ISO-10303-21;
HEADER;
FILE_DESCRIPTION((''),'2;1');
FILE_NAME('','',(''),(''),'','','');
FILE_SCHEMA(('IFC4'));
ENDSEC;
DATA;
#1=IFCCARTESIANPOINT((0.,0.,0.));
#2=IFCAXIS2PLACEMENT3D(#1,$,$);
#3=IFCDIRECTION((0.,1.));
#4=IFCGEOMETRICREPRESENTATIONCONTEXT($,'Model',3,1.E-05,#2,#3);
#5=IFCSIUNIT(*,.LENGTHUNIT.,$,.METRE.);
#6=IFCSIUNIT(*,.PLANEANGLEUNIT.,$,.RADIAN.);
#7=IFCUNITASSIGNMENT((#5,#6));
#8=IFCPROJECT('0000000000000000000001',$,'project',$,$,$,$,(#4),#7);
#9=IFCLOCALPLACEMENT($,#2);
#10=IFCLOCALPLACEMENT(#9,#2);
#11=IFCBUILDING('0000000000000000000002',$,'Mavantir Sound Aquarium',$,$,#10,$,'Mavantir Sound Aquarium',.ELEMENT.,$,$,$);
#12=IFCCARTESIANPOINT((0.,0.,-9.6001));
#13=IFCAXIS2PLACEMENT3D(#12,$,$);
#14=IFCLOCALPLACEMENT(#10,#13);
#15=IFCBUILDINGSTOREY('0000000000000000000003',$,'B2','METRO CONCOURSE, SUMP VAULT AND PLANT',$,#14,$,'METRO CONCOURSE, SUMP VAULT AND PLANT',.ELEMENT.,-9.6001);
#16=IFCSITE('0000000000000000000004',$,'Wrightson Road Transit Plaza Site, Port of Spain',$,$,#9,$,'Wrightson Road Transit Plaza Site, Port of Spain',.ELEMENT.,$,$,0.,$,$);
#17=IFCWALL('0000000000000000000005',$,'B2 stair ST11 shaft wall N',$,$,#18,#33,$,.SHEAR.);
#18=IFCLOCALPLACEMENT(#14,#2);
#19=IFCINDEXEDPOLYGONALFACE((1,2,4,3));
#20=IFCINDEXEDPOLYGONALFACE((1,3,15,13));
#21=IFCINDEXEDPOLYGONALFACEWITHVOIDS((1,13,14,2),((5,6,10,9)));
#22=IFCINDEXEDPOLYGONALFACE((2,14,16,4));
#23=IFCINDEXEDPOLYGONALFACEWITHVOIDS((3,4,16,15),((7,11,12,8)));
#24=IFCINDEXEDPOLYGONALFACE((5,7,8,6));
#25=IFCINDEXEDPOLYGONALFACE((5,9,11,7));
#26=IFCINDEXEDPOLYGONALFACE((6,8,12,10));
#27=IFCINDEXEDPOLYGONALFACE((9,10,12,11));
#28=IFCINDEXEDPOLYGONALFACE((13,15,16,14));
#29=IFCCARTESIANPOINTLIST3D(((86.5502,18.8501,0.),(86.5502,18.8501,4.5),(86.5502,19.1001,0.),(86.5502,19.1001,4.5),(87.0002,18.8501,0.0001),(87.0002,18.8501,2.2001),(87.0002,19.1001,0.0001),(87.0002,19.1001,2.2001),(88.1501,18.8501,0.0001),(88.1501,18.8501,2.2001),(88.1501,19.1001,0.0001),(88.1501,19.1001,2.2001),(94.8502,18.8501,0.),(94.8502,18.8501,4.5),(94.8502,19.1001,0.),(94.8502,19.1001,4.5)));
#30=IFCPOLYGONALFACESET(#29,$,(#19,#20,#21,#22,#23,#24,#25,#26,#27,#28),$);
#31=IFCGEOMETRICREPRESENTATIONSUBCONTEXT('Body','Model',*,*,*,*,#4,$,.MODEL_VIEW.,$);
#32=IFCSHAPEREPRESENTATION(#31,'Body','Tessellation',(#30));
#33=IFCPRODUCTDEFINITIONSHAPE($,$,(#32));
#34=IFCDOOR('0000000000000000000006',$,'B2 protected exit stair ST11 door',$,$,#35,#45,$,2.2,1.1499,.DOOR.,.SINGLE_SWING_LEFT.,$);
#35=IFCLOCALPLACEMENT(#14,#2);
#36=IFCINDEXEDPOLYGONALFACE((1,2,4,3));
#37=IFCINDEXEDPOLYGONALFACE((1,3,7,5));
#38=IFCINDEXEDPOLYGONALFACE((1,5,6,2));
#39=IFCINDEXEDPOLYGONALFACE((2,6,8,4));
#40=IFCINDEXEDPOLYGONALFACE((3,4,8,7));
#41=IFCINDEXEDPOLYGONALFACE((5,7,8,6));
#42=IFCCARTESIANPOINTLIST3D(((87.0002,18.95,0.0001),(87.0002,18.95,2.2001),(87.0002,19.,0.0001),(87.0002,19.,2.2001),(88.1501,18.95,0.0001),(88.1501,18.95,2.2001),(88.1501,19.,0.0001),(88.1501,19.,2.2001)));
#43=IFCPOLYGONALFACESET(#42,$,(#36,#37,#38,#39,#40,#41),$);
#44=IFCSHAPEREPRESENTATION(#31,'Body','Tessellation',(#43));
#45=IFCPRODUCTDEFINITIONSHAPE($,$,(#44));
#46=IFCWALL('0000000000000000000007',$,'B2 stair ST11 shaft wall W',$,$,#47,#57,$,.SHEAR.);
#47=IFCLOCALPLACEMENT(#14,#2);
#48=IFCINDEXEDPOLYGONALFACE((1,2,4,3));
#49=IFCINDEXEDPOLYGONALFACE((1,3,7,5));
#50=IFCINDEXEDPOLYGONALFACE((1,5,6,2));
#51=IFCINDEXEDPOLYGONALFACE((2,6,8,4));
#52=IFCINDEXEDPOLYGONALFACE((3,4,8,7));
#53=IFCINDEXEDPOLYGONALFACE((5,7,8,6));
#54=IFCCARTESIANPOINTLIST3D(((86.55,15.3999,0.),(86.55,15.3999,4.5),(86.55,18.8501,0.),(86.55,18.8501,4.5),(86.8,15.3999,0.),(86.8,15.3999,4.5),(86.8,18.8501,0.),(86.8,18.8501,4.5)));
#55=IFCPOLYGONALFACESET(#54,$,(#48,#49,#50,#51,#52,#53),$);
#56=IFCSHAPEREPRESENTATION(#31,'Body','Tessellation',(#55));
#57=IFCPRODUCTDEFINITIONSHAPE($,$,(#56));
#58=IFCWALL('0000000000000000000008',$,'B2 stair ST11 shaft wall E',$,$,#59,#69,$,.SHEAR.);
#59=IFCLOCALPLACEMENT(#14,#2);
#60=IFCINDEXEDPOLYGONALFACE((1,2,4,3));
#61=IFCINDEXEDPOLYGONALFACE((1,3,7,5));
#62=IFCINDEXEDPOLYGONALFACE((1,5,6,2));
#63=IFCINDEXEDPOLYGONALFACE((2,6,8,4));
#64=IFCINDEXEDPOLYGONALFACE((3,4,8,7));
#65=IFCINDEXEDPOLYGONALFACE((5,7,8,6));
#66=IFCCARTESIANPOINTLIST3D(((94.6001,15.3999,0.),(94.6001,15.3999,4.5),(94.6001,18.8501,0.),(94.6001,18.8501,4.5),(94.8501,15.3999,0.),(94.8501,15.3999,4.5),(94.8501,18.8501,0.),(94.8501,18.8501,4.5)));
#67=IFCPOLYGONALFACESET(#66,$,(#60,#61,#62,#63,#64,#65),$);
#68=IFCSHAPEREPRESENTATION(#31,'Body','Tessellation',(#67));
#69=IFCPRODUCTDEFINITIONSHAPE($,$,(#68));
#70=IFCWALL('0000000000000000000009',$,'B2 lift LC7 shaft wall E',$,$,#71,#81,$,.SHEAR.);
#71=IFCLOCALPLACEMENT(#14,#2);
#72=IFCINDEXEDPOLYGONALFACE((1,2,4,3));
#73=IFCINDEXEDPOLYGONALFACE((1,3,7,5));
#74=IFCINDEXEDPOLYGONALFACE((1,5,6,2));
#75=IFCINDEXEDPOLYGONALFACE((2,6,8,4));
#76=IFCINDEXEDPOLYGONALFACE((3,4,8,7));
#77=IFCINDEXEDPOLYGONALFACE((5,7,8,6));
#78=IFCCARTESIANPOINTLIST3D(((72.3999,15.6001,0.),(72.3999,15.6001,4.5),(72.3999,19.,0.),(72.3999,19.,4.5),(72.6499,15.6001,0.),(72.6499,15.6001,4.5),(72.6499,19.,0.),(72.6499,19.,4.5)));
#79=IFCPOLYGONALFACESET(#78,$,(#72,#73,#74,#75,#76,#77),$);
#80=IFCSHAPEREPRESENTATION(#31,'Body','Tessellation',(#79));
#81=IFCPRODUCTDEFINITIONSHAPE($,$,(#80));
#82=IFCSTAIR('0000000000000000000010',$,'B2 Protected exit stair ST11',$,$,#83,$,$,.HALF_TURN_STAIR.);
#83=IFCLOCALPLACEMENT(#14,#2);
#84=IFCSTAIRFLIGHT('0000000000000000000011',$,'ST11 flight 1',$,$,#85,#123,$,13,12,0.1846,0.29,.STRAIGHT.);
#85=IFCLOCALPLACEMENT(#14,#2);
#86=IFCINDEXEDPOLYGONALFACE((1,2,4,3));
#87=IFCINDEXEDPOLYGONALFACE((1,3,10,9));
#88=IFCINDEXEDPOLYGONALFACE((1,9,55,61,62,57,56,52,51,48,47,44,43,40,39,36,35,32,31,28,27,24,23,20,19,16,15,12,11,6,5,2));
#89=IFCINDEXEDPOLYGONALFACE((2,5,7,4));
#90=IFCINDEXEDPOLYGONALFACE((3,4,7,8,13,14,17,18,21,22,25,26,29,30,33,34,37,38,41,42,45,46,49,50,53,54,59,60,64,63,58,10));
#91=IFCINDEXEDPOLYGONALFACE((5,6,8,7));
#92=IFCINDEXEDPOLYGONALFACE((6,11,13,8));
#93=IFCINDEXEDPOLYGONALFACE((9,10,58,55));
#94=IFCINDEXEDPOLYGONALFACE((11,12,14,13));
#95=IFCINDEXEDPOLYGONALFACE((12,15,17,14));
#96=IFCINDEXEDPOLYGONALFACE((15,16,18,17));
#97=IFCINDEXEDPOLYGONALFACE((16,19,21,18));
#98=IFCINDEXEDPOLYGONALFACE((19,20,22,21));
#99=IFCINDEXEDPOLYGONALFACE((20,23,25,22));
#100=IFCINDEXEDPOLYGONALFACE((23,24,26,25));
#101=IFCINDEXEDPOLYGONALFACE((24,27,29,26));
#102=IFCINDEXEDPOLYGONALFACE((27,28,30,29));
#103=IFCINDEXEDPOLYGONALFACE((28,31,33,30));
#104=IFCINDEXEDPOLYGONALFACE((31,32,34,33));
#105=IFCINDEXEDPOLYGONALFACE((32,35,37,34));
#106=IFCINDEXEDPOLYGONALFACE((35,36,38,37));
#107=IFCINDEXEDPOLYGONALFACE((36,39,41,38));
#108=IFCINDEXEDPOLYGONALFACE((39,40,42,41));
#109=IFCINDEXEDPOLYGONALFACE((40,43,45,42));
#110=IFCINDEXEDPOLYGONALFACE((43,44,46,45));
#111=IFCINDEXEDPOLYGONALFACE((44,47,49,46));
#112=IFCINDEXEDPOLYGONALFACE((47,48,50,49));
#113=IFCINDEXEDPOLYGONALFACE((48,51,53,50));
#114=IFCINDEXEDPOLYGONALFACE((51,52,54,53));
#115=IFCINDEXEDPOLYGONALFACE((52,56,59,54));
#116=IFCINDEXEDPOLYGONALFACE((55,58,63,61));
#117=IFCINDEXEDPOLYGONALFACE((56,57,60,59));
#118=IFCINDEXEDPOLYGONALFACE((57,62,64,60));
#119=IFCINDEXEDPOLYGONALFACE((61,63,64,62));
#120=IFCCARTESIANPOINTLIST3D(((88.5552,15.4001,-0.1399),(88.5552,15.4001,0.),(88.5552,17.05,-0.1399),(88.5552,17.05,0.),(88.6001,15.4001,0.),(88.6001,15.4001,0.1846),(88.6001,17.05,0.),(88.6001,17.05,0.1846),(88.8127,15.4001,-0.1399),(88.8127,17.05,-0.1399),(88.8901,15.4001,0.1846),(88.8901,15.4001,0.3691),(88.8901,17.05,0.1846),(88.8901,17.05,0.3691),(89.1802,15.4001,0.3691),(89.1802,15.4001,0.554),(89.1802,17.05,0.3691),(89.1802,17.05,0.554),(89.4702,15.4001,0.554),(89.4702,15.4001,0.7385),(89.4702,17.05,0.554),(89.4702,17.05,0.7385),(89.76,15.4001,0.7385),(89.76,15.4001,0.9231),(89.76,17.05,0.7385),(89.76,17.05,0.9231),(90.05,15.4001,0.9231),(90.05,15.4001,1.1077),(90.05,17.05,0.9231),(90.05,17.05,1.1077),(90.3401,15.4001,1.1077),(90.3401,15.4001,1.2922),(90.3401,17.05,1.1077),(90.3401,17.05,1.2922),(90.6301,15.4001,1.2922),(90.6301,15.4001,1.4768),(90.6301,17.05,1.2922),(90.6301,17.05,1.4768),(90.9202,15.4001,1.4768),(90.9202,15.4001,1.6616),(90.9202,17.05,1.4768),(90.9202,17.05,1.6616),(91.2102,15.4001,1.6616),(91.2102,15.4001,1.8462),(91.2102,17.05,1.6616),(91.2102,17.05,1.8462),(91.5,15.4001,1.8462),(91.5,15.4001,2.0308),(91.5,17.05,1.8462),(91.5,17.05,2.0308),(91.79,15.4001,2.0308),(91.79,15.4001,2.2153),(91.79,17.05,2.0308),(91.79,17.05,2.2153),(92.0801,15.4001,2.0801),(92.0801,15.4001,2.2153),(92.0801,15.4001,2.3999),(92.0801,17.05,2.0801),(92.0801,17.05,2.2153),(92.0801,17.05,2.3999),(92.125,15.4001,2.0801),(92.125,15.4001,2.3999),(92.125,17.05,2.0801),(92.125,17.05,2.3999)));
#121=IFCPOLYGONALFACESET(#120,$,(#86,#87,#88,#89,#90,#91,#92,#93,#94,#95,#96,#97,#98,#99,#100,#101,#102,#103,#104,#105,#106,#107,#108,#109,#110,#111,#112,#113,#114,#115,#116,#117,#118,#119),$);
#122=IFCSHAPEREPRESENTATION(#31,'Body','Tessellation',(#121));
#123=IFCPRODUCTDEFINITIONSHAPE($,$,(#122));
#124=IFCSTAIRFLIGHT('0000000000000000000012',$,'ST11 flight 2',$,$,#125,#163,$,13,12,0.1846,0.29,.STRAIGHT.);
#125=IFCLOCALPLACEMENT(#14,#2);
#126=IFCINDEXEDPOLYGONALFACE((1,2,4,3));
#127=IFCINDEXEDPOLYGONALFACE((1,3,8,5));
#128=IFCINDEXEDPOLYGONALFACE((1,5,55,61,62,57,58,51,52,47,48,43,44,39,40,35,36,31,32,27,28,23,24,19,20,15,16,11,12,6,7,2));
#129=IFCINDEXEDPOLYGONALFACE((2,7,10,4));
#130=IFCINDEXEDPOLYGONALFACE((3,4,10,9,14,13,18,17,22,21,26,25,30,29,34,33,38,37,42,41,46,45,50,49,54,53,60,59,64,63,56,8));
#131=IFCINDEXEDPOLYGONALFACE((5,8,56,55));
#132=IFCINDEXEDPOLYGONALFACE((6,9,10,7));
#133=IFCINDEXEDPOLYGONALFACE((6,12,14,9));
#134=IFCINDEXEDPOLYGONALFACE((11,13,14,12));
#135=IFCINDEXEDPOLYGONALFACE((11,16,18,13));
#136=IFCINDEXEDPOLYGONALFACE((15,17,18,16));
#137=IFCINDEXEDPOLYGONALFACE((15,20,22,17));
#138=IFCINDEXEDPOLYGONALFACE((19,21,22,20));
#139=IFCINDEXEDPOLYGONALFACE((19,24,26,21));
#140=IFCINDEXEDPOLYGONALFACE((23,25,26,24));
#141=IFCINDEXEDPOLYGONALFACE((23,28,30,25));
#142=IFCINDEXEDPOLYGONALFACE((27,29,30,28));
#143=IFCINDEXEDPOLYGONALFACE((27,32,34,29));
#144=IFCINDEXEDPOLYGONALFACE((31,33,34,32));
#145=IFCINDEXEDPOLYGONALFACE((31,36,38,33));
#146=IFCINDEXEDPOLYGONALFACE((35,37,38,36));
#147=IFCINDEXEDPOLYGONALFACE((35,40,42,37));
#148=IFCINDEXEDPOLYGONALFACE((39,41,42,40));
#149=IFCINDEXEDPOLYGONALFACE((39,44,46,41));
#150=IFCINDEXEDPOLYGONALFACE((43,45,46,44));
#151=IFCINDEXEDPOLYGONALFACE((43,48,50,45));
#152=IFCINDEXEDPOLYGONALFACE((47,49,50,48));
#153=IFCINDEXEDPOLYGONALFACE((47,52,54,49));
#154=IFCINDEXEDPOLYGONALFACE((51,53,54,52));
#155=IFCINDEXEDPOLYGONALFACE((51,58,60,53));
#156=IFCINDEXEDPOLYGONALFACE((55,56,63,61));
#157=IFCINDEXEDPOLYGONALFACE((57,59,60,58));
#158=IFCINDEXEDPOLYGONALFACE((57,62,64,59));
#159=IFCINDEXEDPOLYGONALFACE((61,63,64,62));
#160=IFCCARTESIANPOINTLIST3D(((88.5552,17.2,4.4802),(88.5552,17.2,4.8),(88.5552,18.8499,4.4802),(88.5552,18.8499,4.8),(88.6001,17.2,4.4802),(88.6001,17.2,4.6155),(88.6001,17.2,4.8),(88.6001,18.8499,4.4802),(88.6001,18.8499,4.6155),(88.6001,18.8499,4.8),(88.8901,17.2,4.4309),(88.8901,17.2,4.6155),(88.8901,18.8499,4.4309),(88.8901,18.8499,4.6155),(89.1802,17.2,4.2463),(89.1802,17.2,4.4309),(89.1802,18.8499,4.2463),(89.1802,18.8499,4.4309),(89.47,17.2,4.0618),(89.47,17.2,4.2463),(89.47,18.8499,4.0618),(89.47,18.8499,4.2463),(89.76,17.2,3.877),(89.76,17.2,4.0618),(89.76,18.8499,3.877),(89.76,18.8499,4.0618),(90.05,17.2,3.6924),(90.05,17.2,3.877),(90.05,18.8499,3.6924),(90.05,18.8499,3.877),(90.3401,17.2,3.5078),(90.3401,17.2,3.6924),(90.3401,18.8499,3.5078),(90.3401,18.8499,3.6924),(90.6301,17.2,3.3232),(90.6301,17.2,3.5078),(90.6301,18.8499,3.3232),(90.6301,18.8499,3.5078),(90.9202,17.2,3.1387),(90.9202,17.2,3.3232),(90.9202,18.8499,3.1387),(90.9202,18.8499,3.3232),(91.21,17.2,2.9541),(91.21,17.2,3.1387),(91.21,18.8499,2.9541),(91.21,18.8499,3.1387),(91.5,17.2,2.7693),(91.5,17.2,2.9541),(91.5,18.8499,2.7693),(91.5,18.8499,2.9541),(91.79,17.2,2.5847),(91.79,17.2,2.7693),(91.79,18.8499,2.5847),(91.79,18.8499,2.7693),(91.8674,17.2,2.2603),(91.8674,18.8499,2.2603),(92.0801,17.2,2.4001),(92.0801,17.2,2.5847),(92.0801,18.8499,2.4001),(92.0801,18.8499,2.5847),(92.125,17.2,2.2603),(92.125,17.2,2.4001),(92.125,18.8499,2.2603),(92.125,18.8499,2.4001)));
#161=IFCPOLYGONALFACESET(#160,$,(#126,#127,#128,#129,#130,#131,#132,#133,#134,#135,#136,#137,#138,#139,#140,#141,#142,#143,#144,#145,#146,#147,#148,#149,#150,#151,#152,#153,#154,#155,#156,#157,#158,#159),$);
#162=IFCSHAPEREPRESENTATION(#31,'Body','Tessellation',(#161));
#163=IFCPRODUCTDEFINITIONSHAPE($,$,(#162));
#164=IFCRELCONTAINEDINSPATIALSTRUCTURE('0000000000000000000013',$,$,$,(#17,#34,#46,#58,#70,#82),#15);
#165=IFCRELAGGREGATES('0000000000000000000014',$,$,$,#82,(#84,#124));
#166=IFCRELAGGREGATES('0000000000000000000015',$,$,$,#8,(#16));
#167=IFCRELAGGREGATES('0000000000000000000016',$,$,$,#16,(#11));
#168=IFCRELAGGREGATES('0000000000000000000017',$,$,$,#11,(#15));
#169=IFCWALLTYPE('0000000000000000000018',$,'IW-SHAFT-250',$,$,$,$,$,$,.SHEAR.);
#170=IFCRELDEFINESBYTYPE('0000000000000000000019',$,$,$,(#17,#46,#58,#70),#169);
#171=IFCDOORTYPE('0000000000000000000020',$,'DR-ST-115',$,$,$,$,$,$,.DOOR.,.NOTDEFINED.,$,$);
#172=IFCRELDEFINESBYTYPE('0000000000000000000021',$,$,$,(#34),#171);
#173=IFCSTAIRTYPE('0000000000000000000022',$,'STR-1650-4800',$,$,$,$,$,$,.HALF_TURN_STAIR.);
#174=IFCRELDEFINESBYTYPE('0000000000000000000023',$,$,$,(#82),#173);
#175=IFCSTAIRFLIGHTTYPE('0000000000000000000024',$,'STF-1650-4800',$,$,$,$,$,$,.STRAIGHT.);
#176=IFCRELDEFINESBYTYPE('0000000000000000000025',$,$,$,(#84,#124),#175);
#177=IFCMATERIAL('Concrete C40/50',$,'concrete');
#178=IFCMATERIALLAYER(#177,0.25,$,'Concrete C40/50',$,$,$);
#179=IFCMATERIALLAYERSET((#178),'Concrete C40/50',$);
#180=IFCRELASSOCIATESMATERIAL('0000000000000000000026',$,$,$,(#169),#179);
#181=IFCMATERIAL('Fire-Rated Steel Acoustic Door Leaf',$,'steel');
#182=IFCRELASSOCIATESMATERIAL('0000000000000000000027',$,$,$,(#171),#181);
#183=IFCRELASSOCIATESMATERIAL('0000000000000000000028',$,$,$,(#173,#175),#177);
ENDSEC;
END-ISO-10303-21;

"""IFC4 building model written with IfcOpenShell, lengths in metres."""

from ifc_helpers import new_model, si_unit, direction, frame, frame_2d, origin, place, context, subcontext, project, spatial, polyline, rectangle, outline, extrude, material, layer, layer_set, type_object, element, fill, aggregate, save


model = new_model("IFC4")

# Units and contexts
model_context = context("Model", 3, precision=1e-05, world=origin(), true_north=direction((0.0, 1.0)))
body_context = subcontext(model_context, "Body", "Model", "MODEL_VIEW")
ifc_project = project(units=[si_unit("LENGTHUNIT", "METRE"), si_unit("PLANEANGLEUNIT", "RADIAN")], contexts=[model_context])

# Site, building, storey
site_placement = place(None, origin())
site = spatial("IfcSite", under=ifc_project, at=site_placement, Name="Wrightson Road Transit Plaza Site, Port of Spain", LongName="Wrightson Road Transit Plaza Site, Port of Spain", CompositionType="ELEMENT", RefElevation=0.0)
building_placement = place(site_placement, origin())
building = spatial("IfcBuilding", under=site, at=building_placement, Name="Mavantir Sound Aquarium", LongName="Mavantir Sound Aquarium", CompositionType="ELEMENT")
storey_placement = place(building_placement, frame((0.0, 0.0, -9.6001)))
storey = spatial("IfcBuildingStorey", under=building, at=storey_placement, Name="B2", Description="METRO CONCOURSE, SUMP VAULT AND PLANT", LongName="METRO CONCOURSE, SUMP VAULT AND PLANT", CompositionType="ELEMENT", Elevation=-9.6001)

# Shared definitions
ifc_material_1 = material(Name="Concrete C40/50", Category="concrete")

# Shared definitions
ifc_layer = layer(ifc_material_1, 0.25, Name="Concrete C40/50")
ifc_layer_set = layer_set([ifc_layer], Name="Concrete C40/50")
wall_type = type_object("IfcWallType", Name="IW-SHAFT-250", PredefinedType="SHEAR", material=ifc_layer_set)

# Wall, opening, door
wall_1_placement = place(storey_placement, frame((94.8501, 18.9751, 0.0), z_axis=(0.0, 0.0, 1.0), x_axis=(-1.0, 0.0, 0.0)))
wall_1 = element("IfcWall", 1, at=wall_1_placement, inside=storey, type_object=wall_type, Name="B2 stair ST11 shaft wall N", PredefinedType="SHEAR", context=body_context, shape_type="SweptSolid", body=[
    extrude(rectangle(XDim=8.3, YDim=0.25, at=frame_2d((4.1499, 0.0))), origin(), (0.0, 0.0, 1.0), 4.5),
])
opening_placement = place(wall_1_placement, frame((7.8499, 0.0, 0.0), z_axis=(0.0, 0.0, 1.0), x_axis=(-1.0, 0.0, 0.0)))
opening = element("IfcOpeningElement", 2, at=opening_placement, cuts=wall_1, PredefinedType="OPENING", context=body_context, shape_type="SweptSolid", body=[
    extrude(rectangle(XDim=1.1499, YDim=2.2, at=frame_2d((0.575, 1.1001))), frame((0.0, 0.135, 0.0), z_axis=(0.0, -1.0, 0.0), x_axis=(1.0, 0.0, 0.0)), (0.0, 0.0, 1.0), 0.27),
])
ifc_material_2 = material(Name="Fire-Rated Steel Acoustic Door Leaf", Category="steel")
door_type = type_object("IfcDoorType", Name="DR-ST-115", OperationType="NOTDEFINED", PredefinedType="DOOR", material=ifc_material_2)
door_placement = place(opening_placement, origin())
door = element("IfcDoor", 3, at=door_placement, inside=storey, type_object=door_type, Name="B2 protected exit stair ST11 door", OperationType="SINGLE_SWING_LEFT", OverallHeight=2.2, OverallWidth=1.1499, PredefinedType="DOOR", context=body_context, shape_type="SweptSolid", body=[
    extrude(rectangle(XDim=1.1499, YDim=2.2, at=frame_2d((0.575, 1.1001))), frame((0.0, 0.0249, 0.0), z_axis=(0.0, -1.0, 0.0), x_axis=(1.0, 0.0, 0.0)), (0.0, 0.0, 1.0), 0.05),
])
fill(opening, door)

# Walls
for number, where, z_axis, x_axis, name in (
    (4, (86.675, 18.8501, 0.0), (0.0, 0.0, 1.0), (0.0, -1.0, 0.0), "B2 stair ST11 shaft wall W"),
    (5, (94.7251, 15.3999, 0.0), (0.0, 0.0, 1.0), (0.0, 1.0, 0.0), "B2 stair ST11 shaft wall E"),
):
    element("IfcWall", number, at=place(storey_placement, frame(where, z_axis=z_axis, x_axis=x_axis)), inside=storey, type_object=wall_type, Name=name, PredefinedType="SHEAR", context=body_context, shape_type="SweptSolid", body=[
        extrude(rectangle(XDim=3.4502, YDim=0.25, at=frame_2d((1.7251, 0.0))), origin(), (0.0, 0.0, 1.0), 4.5),
    ])
wall_2_placement = place(storey_placement, frame((72.5249, 15.6001, 0.0), z_axis=(0.0, 0.0, 1.0), x_axis=(0.0, 1.0, 0.0)))
element("IfcWall", 6, at=wall_2_placement, inside=storey, type_object=wall_type, Name="B2 lift LC7 shaft wall E", PredefinedType="SHEAR", context=body_context, shape_type="SweptSolid", body=[
    extrude(rectangle(XDim=3.3999, YDim=0.25, at=frame_2d((1.7, 0.0))), origin(), (0.0, 0.0, 1.0), 4.5),
])

# Stair, stair flights
stair_type = type_object("IfcStairType", Name="STR-1650-4800", PredefinedType="HALF_TURN_STAIR", material=ifc_material_1)
stair_placement = place(storey_placement, origin())
stair = element("IfcStair", 7, at=stair_placement, inside=storey, type_object=stair_type, Name="B2 Protected exit stair ST11", PredefinedType="HALF_TURN_STAIR")
stair_flight_type = type_object("IfcStairFlightType", Name="STF-1650-4800", PredefinedType="STRAIGHT", material=ifc_material_1)
stair_flight_1_placement = place(storey_placement, frame((88.6001, 16.2251, 0.0), z_axis=(0.0, 0.0, 1.0), x_axis=(1.0, 0.0, 0.0)))
stair_flight_1 = element("IfcStairFlight", 8, at=stair_flight_1_placement, type_object=stair_flight_type, Name="ST11 flight 1", NumberOfRisers=13, NumberOfTreads=12, PredefinedType="STRAIGHT", RiserHeight=0.1846, TreadLength=0.29, context=body_context, shape_type="SweptSolid", body=[
    extrude(outline(polyline([(-0.0449, -0.1399), (-0.0449, 0.0), (0.0, 0.0), (0.0, 0.1846), (0.29, 0.1846), (0.29, 0.3691), (0.5801, 0.3691), (0.5801, 0.554), (0.8701, 0.554), (0.8701, 0.7385), (1.1599, 0.7385), (1.1599, 0.9231), (1.45, 0.9231), (1.45, 1.1077), (1.74, 1.1077), (1.74, 1.2922), (2.03, 1.2922), (2.03, 1.4768), (2.3201, 1.4768), (2.3201, 1.6616), (2.6101, 1.6616), (2.6101, 1.8462), (2.8999, 1.8462), (2.8999, 2.0308), (3.1899, 2.0308), (3.1899, 2.2153), (3.48, 2.2153), (3.48, 2.3999), (3.5249, 2.3999), (3.5249, 2.0801), (3.48, 2.0801), (0.2126, -0.1399), (-0.0449, -0.1399)])), frame((0.0, 0.825, 0.0), z_axis=(0.0, -1.0, 0.0), x_axis=(1.0, 0.0, 0.0)), (0.0, 0.0, 1.0), 1.6499),
])
stair_flight_2_placement = place(storey_placement, frame((92.0801, 18.0249, 2.4001), z_axis=(0.0, 0.0, 1.0), x_axis=(-1.0, 0.0, 0.0)))
stair_flight_2 = element("IfcStairFlight", 9, at=stair_flight_2_placement, type_object=stair_flight_type, Name="ST11 flight 2", NumberOfRisers=13, NumberOfTreads=12, PredefinedType="STRAIGHT", RiserHeight=0.1846, TreadLength=0.29, context=body_context, shape_type="SweptSolid", body=[
    extrude(outline(polyline([(-0.0449, -0.1399), (-0.0449, 0.0), (0.0, 0.0), (0.0, 0.1846), (0.29, 0.1846), (0.29, 0.3691), (0.5801, 0.3691), (0.5801, 0.554), (0.8701, 0.554), (0.8701, 0.7385), (1.1599, 0.7385), (1.1599, 0.9231), (1.45, 0.9231), (1.45, 1.1077), (1.74, 1.1077), (1.74, 1.2922), (2.03, 1.2922), (2.03, 1.4768), (2.3201, 1.4768), (2.3201, 1.6616), (2.6101, 1.6616), (2.6101, 1.8462), (2.8999, 1.8462), (2.8999, 2.0308), (3.1899, 2.0308), (3.1899, 2.2153), (3.48, 2.2153), (3.48, 2.3999), (3.5249, 2.3999), (3.5249, 2.0801), (3.48, 2.0801), (0.2126, -0.1399), (-0.0449, -0.1399)])), frame((0.0, 0.825, 0.0), z_axis=(0.0, -1.0, 0.0), x_axis=(1.0, 0.0, 0.0)), (0.0, 0.0, 1.0), 1.6499),
])
aggregate(stair, [stair_flight_1, stair_flight_2])

save(model, "model.ifc")
